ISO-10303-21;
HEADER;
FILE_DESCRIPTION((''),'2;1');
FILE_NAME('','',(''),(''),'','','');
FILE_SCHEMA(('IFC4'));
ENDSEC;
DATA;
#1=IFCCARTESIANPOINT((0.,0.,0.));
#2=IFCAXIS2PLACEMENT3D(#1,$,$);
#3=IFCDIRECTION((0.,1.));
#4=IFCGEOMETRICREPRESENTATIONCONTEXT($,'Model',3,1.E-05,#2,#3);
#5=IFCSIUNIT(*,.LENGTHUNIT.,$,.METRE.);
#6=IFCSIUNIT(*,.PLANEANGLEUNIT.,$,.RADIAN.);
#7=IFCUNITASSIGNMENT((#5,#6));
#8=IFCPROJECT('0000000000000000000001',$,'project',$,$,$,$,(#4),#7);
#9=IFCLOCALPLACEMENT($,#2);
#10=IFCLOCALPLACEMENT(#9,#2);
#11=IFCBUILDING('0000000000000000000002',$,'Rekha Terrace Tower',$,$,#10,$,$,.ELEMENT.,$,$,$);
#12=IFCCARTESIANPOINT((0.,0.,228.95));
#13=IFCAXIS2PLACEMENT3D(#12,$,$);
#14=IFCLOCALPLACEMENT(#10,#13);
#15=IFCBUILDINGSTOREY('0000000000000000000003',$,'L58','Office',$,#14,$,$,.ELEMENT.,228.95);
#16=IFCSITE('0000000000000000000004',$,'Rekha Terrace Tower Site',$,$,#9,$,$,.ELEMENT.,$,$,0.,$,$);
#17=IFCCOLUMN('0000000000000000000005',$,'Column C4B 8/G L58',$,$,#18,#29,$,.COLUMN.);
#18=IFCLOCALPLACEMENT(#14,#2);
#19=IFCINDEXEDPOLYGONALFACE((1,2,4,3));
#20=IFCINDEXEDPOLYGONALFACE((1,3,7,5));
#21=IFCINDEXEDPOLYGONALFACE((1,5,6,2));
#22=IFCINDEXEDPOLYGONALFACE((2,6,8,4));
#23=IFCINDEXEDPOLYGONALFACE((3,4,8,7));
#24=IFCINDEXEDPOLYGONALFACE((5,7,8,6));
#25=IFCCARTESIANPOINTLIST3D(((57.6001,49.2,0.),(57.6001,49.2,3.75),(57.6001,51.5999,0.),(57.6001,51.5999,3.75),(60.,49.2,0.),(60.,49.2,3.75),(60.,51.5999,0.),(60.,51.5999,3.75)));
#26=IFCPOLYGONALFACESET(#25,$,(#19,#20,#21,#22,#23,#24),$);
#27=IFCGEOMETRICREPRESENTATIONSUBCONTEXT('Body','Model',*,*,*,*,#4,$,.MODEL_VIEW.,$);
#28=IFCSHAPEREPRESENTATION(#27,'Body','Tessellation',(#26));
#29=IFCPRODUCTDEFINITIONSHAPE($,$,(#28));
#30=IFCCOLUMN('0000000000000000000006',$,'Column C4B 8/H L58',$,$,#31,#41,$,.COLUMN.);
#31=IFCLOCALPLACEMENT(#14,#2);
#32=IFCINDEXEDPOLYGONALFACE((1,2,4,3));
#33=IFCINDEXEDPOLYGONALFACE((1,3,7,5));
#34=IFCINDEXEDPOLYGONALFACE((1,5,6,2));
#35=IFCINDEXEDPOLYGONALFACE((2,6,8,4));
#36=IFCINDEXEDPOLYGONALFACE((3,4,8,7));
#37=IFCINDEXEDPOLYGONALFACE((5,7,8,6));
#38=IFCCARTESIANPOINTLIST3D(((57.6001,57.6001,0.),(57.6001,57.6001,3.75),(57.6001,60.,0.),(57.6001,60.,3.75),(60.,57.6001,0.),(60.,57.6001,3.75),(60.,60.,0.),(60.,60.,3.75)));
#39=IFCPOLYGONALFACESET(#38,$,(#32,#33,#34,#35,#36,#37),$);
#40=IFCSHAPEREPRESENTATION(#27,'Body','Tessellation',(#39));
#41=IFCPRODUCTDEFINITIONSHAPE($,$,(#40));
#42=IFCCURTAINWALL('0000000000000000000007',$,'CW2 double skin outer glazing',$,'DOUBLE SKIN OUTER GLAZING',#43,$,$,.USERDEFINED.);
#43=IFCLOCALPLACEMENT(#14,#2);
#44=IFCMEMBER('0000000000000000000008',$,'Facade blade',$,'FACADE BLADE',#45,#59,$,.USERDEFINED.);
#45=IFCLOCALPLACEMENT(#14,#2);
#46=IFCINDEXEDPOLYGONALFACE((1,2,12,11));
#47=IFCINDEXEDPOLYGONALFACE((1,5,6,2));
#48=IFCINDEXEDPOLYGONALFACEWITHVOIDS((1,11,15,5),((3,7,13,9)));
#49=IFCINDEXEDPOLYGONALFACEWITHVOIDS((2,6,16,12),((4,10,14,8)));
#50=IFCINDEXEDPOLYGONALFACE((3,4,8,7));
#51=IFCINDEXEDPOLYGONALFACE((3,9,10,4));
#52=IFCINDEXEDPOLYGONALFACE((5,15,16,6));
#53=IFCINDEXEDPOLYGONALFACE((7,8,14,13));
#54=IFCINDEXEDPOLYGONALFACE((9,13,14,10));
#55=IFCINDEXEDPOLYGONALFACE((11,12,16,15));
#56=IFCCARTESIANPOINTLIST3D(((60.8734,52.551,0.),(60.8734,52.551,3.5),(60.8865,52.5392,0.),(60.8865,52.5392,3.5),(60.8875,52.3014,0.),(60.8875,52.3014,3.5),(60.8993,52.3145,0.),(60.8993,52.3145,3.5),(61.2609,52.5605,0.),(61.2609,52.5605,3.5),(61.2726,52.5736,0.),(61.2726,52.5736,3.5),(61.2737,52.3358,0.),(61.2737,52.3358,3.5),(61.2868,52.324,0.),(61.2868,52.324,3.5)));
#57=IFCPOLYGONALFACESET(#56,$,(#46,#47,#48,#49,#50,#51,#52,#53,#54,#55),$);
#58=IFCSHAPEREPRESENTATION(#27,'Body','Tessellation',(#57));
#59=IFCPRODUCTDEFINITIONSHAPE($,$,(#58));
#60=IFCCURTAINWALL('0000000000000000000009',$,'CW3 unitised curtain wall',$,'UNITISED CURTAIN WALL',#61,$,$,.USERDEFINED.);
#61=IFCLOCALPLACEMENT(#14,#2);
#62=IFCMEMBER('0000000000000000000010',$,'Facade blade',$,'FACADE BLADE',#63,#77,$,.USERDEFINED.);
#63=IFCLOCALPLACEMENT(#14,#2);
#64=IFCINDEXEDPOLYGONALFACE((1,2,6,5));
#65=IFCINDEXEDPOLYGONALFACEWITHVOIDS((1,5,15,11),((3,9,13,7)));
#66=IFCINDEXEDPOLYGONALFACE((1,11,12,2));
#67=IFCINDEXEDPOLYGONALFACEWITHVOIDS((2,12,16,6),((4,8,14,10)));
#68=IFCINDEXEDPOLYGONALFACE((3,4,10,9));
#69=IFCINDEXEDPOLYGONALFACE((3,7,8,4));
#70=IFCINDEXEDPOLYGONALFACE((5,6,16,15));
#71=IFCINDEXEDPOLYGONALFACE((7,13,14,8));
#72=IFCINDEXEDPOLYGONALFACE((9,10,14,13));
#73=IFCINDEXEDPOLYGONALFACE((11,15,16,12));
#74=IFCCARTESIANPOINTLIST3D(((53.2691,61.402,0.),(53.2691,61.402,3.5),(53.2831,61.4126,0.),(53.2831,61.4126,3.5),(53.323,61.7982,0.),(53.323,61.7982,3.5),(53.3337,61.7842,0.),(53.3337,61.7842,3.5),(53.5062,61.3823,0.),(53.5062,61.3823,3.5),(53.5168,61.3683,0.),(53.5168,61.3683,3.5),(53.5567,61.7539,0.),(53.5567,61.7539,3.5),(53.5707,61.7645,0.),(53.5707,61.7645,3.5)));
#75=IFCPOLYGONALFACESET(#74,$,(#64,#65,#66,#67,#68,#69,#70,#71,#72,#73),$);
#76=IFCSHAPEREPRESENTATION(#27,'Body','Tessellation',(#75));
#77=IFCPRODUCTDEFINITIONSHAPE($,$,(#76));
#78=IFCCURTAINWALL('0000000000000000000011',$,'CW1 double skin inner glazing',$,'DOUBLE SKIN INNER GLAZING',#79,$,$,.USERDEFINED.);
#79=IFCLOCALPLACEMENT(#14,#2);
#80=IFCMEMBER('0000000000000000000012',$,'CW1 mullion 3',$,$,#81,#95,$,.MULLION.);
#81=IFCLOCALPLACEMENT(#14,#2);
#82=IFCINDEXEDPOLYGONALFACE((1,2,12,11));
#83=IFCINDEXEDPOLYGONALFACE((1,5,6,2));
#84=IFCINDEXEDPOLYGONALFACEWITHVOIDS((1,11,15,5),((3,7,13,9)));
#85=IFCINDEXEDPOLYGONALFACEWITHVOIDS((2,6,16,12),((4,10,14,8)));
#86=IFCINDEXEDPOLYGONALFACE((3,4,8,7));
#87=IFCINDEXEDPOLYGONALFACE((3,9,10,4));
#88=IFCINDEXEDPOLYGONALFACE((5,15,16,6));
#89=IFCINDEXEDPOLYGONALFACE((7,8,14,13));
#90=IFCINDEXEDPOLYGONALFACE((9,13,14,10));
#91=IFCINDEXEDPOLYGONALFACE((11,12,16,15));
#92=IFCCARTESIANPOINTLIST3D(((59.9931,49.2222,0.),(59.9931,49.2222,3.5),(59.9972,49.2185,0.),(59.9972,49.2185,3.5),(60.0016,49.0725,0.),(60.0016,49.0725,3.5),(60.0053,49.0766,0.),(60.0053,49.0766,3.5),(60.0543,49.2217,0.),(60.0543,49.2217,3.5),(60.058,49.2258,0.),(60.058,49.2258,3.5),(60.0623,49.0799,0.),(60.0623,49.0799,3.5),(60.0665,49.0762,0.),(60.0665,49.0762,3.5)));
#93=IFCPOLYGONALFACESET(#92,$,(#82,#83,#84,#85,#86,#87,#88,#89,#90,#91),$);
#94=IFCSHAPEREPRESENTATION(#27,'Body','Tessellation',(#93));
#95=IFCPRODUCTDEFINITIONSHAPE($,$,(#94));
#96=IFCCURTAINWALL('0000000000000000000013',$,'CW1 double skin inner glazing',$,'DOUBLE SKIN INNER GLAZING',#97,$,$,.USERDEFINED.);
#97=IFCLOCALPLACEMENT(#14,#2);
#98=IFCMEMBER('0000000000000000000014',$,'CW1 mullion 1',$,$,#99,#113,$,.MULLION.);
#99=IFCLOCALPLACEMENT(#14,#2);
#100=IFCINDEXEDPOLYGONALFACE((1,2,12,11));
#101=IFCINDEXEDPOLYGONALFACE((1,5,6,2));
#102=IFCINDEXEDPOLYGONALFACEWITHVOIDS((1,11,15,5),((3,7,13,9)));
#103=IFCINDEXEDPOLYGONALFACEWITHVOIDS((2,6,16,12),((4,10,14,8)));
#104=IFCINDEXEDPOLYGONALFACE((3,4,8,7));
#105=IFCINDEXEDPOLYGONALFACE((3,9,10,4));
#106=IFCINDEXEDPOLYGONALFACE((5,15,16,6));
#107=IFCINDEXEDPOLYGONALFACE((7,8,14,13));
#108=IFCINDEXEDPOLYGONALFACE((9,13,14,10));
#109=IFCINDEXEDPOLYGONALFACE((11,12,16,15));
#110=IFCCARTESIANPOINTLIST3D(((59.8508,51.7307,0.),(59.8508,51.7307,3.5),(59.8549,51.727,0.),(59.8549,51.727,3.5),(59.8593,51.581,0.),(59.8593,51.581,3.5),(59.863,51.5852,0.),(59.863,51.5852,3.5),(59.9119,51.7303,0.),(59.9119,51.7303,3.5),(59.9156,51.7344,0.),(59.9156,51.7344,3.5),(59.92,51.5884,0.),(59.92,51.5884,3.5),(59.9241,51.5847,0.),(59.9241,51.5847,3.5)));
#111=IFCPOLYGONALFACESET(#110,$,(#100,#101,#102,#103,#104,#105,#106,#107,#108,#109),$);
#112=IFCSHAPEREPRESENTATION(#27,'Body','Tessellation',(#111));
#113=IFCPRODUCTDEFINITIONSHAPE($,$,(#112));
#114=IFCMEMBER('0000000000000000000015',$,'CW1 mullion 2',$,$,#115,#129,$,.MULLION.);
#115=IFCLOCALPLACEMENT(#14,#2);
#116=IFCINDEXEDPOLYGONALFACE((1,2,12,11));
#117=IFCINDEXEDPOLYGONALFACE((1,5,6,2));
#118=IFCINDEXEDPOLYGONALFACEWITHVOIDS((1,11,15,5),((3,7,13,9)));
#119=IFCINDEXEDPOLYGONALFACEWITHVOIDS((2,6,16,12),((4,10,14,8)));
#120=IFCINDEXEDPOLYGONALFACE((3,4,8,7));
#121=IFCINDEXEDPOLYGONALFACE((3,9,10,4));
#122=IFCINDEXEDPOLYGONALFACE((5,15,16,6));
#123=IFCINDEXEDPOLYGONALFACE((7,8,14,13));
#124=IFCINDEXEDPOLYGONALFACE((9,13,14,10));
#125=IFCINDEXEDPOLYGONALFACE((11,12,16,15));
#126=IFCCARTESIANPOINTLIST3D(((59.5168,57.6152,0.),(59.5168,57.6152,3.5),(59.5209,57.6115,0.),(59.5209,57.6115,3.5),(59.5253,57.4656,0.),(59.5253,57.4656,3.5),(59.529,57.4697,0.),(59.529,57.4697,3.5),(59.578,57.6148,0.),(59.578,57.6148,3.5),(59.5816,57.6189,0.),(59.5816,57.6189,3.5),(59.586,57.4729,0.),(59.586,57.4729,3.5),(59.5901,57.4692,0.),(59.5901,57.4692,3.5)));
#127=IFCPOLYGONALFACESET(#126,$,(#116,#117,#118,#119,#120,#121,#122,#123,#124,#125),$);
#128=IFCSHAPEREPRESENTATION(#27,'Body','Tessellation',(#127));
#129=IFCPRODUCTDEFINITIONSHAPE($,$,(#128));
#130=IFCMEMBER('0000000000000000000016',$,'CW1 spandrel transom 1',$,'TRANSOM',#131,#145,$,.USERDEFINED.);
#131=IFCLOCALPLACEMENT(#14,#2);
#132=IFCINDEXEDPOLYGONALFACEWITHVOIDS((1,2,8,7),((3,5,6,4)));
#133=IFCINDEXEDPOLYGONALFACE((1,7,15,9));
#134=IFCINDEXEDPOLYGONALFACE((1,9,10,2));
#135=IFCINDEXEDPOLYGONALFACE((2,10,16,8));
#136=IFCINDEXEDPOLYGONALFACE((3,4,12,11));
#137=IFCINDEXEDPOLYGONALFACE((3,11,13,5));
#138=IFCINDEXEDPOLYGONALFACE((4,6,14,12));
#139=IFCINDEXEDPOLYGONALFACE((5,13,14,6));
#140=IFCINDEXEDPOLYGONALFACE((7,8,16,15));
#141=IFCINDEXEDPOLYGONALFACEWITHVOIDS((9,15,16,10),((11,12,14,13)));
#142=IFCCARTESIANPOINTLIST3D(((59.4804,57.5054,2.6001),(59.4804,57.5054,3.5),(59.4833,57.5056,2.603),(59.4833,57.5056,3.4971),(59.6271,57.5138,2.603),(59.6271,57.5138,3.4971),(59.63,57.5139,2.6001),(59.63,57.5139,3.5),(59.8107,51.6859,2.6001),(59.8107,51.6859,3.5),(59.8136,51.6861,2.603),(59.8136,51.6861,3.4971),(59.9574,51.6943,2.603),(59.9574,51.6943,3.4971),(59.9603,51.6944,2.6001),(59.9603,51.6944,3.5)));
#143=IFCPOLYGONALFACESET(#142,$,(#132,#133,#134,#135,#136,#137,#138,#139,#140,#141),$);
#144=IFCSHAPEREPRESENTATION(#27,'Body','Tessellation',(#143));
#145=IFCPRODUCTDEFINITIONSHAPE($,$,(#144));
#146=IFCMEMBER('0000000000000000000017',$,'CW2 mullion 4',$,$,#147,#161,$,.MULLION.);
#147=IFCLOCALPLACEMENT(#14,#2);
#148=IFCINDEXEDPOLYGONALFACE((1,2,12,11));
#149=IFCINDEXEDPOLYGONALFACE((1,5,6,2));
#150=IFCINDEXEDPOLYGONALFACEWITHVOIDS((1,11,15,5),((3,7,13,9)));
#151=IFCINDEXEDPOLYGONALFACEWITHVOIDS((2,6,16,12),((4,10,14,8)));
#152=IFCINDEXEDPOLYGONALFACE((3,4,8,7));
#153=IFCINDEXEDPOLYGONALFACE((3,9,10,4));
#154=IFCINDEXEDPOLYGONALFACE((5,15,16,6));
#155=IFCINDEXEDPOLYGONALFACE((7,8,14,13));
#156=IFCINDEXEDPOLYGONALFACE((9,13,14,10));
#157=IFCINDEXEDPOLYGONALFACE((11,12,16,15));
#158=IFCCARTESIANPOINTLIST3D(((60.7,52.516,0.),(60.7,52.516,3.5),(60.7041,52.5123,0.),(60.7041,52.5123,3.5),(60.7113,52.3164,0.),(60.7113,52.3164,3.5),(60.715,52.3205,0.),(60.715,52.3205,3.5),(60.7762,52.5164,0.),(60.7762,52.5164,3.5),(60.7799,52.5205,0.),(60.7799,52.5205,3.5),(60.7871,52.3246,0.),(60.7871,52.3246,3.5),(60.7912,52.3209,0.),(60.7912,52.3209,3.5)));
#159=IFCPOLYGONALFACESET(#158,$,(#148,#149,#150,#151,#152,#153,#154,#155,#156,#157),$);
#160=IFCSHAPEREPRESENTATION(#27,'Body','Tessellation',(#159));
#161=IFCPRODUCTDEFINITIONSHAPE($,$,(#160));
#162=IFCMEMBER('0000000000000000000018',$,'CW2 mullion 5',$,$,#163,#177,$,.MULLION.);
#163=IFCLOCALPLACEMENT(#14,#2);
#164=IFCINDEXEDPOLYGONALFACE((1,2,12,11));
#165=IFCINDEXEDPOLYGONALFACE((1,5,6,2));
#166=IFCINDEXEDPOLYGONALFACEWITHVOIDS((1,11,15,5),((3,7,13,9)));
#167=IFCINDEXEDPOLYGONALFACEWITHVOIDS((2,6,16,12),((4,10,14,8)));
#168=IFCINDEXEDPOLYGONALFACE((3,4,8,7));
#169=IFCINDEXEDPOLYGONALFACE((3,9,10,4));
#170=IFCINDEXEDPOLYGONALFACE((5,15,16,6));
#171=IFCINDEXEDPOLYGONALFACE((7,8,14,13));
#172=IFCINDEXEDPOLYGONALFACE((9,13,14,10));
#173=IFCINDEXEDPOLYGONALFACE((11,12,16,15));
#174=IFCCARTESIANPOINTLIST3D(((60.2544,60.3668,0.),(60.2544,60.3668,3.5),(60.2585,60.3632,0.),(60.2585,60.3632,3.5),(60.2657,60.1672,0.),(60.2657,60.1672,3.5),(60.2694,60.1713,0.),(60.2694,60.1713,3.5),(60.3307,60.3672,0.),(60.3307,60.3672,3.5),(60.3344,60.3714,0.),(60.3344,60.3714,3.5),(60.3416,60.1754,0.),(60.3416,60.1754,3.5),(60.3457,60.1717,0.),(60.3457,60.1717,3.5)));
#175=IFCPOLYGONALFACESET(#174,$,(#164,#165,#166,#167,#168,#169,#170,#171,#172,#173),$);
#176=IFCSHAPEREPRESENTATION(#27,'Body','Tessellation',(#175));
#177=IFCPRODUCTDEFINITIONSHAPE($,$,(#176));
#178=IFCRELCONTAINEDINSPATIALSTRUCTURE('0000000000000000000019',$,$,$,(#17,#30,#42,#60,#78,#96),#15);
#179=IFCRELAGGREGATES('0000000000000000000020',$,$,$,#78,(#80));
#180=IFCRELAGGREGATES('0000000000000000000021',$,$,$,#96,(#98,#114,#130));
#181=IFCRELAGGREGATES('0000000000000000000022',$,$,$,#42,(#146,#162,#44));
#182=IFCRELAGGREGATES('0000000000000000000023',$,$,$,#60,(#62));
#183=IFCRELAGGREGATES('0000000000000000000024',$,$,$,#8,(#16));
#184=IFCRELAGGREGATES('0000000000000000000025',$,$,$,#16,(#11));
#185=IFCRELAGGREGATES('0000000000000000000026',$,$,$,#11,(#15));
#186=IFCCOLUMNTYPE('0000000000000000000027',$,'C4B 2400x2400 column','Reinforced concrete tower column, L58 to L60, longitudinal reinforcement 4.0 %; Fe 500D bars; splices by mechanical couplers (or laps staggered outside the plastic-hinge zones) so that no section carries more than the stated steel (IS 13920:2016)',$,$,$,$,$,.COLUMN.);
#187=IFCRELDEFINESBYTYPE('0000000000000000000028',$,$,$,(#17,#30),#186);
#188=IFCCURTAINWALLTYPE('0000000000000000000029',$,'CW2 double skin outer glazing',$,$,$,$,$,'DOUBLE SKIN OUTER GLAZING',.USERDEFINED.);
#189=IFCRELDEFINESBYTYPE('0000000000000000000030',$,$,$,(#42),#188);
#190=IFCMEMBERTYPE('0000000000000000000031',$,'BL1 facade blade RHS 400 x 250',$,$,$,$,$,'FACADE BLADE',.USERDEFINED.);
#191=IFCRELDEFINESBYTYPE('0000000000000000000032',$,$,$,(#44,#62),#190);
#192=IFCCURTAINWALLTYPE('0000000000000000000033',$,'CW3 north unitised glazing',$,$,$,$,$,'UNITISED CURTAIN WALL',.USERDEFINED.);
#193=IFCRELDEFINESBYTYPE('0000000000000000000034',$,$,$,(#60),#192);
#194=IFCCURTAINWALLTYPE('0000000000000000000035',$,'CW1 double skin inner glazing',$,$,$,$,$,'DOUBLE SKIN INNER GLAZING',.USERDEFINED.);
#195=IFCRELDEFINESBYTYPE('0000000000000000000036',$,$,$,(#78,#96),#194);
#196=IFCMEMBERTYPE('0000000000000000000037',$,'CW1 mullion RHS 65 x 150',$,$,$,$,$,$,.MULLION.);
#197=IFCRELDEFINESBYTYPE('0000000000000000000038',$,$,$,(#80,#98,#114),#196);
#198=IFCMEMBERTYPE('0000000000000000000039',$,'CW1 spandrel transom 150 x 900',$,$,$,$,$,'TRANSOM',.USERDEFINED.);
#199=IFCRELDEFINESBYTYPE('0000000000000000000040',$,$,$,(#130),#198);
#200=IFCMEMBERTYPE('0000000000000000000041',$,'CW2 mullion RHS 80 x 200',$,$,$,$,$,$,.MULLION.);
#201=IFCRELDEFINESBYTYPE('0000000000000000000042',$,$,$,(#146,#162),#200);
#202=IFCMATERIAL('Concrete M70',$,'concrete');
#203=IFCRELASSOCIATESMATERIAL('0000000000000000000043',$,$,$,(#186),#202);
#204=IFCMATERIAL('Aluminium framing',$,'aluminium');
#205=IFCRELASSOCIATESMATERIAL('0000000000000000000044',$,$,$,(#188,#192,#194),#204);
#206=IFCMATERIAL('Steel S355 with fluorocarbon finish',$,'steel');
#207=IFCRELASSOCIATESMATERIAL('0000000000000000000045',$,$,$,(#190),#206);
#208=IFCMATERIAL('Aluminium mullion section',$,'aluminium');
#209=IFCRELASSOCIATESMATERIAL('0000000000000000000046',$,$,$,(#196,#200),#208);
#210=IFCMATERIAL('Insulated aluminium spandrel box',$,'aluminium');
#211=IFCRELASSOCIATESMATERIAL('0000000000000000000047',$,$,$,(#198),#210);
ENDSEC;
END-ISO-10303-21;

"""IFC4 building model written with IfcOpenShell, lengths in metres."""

from ifc_helpers import new_model, si_unit, direction, frame, origin, origin_2d, place, context, subcontext, project, spatial, rectangle, hollow_rectangle, extrude, material, material_profile, profile_set, type_object, element, aggregate, save


model = new_model("IFC4")

# Units and contexts
model_context = context("Model", 3, precision=1e-05, world=origin(), true_north=direction((0.0, 1.0)))
body_context = subcontext(model_context, "Body", "Model", "MODEL_VIEW")
ifc_project = project(units=[si_unit("LENGTHUNIT", "METRE"), si_unit("PLANEANGLEUNIT", "RADIAN")], contexts=[model_context])

# Site, building, storey
site_placement = place(None, origin())
site = spatial("IfcSite", under=ifc_project, at=site_placement, Name="Rekha Terrace Tower Site", CompositionType="ELEMENT", RefElevation=0.0)
building_placement = place(site_placement, origin())
building = spatial("IfcBuilding", under=site, at=building_placement, Name="Rekha Terrace Tower", CompositionType="ELEMENT")
storey_placement = place(building_placement, frame((0.0, 0.0, 228.95)))
storey = spatial("IfcBuildingStorey", under=building, at=storey_placement, Name="L58", Description="Office", CompositionType="ELEMENT", Elevation=228.95)

# Columns
ifc_material_1 = material(Name="Concrete M70", Category="concrete")
ifc_material_profile_1 = material_profile(ifc_material_1, rectangle(XDim=2.3999, YDim=2.3999, at=origin_2d()), Name="RC 2400x2400")
ifc_profile_set_1 = profile_set([ifc_material_profile_1], Name="Concrete M70")
column_type = type_object("IfcColumnType", Name="C4B 2400x2400 column", Description="Reinforced concrete tower column, L58 to L60, longitudinal reinforcement 4.0 %; Fe 500D bars; splices by mechanical couplers (or laps staggered outside the plastic-hinge zones) so that no section carries more than the stated steel (IS 13920:2016)", PredefinedType="COLUMN", material=ifc_profile_set_1)
for number, where, z_axis, x_axis, name in (
    (1, (58.8, 50.3999, 0.0), (0.0, 0.0, 1.0), (1.0, 0.0, 0.0), "Column C4B 8/G L58"),
    (2, (58.8, 58.8, 0.0), (0.0, 0.0, 1.0), (1.0, 0.0, 0.0), "Column C4B 8/H L58"),
):
    element("IfcColumn", number, at=place(storey_placement, frame(where, z_axis=z_axis, x_axis=x_axis)), inside=storey, type_object=column_type, Name=name, PredefinedType="COLUMN", context=body_context, shape_type="SweptSolid", body=[
        extrude(rectangle(XDim=2.3999, YDim=2.3999, at=origin_2d()), origin(), (0.0, 0.0, 1.0), 3.75),
    ])

# Curtain walls, members
ifc_material_2 = material(Name="Aluminium framing", Category="aluminium")
curtain_wall_type_1 = type_object("IfcCurtainWallType", Name="CW2 double skin outer glazing", ElementType="DOUBLE SKIN OUTER GLAZING", PredefinedType="USERDEFINED", material=ifc_material_2)
curtain_wall_1_placement = place(storey_placement, origin())
curtain_wall_1 = element("IfcCurtainWall", 3, at=curtain_wall_1_placement, inside=storey, type_object=curtain_wall_type_1, Name="CW2 double skin outer glazing", ObjectType="DOUBLE SKIN OUTER GLAZING", PredefinedType="USERDEFINED")
ifc_material_3 = material(Name="Steel S355 with fluorocarbon finish", Category="steel")
ifc_material_profile_2 = material_profile(ifc_material_3, hollow_rectangle(XDim=0.25, YDim=0.3999, WallThickness=0.0125, at=origin_2d()), Name="RHS400x250x12.5")
ifc_profile_set_2 = profile_set([ifc_material_profile_2], Name="Steel S355 with fluorocarbon finish")
member_type_1 = type_object("IfcMemberType", Name="BL1 facade blade RHS 400 x 250", ElementType="FACADE BLADE", PredefinedType="USERDEFINED", material=ifc_profile_set_2)
member_1_placement = place(storey_placement, frame((61.0801, 52.4375, 0.0), z_axis=(0.0, 0.0, 1.0), x_axis=(-0.056674, 0.998393, 0.0)))
member_1 = element("IfcMember", 4, at=member_1_placement, type_object=member_type_1, Name="Facade blade", ObjectType="FACADE BLADE", PredefinedType="USERDEFINED", context=body_context, shape_type="SweptSolid", body=[
    extrude(hollow_rectangle(XDim=0.25, YDim=0.3999, WallThickness=0.0125, at=origin_2d()), origin(), (0.0, 0.0, 1.0), 3.5),
])
curtain_wall_type_2 = type_object("IfcCurtainWallType", Name="CW3 north unitised glazing", ElementType="UNITISED CURTAIN WALL", PredefinedType="USERDEFINED", material=ifc_material_2)
curtain_wall_2_placement = place(storey_placement, origin())
curtain_wall_2 = element("IfcCurtainWall", 5, at=curtain_wall_2_placement, inside=storey, type_object=curtain_wall_type_2, Name="CW3 unitised curtain wall", ObjectType="UNITISED CURTAIN WALL", PredefinedType="USERDEFINED")
member_2_placement = place(storey_placement, frame((53.4199, 61.5833, 0.0), z_axis=(0.0, 0.0, 1.0), x_axis=(-0.990867, 0.134841, 0.0)))
member_2 = element("IfcMember", 6, at=member_2_placement, type_object=member_type_1, Name="Facade blade", ObjectType="FACADE BLADE", PredefinedType="USERDEFINED", context=body_context, shape_type="SweptSolid", body=[
    extrude(hollow_rectangle(XDim=0.25, YDim=0.3999, WallThickness=0.0125, at=origin_2d()), origin(), (0.0, 0.0, 1.0), 3.5),
])
curtain_wall_type_3 = type_object("IfcCurtainWallType", Name="CW1 double skin inner glazing", ElementType="DOUBLE SKIN INNER GLAZING", PredefinedType="USERDEFINED", material=ifc_material_2)
curtain_wall_3_placement = place(storey_placement, origin())
curtain_wall_3 = element("IfcCurtainWall", 7, at=curtain_wall_3_placement, inside=storey, type_object=curtain_wall_type_3, Name="CW1 double skin inner glazing", ObjectType="DOUBLE SKIN INNER GLAZING", PredefinedType="USERDEFINED")
ifc_material_4 = material(Name="Aluminium mullion section", Category="aluminium")
ifc_material_profile_3 = material_profile(ifc_material_4, hollow_rectangle(XDim=0.0649, YDim=0.1499, WallThickness=0.0039, at=origin_2d()), Name="AL RHS 65x150")
ifc_profile_set_3 = profile_set([ifc_material_profile_3], Name="Aluminium mullion section")
member_type_2 = type_object("IfcMemberType", Name="CW1 mullion RHS 65 x 150", PredefinedType="MULLION", material=ifc_profile_set_3)
member_3_placement = place(storey_placement, frame((60.0298, 49.1492, 0.0), z_axis=(0.0, 0.0, 1.0), x_axis=(-0.998393, -0.056673, 0.0)))
member_3 = element("IfcMember", 8, at=member_3_placement, type_object=member_type_2, Name="CW1 mullion 3", PredefinedType="MULLION", context=body_context, shape_type="SweptSolid", body=[
    extrude(hollow_rectangle(XDim=0.0649, YDim=0.1499, WallThickness=0.0039, at=origin_2d()), origin(), (0.0, 0.0, 1.0), 3.5),
])
aggregate(curtain_wall_3, [member_3])

# Curtain wall, members
curtain_wall_4_placement = place(storey_placement, origin())
curtain_wall_4 = element("IfcCurtainWall", 9, at=curtain_wall_4_placement, inside=storey, type_object=curtain_wall_type_3, Name="CW1 double skin inner glazing", ObjectType="DOUBLE SKIN INNER GLAZING", PredefinedType="USERDEFINED")
member_4_placement = place(storey_placement, frame((59.8875, 51.6577, 0.0), z_axis=(0.0, 0.0, 1.0), x_axis=(-0.998393, -0.056673, 0.0)))
member_4 = element("IfcMember", 10, at=member_4_placement, type_object=member_type_2, Name="CW1 mullion 1", PredefinedType="MULLION", context=body_context, shape_type="SweptSolid", body=[
    extrude(hollow_rectangle(XDim=0.0649, YDim=0.1499, WallThickness=0.0039, at=origin_2d()), origin(), (0.0, 0.0, 1.0), 3.5),
])
member_5_placement = place(storey_placement, frame((59.5535, 57.5422, 0.0), z_axis=(0.0, 0.0, 1.0), x_axis=(-0.998393, -0.056673, 0.0)))
member_5 = element("IfcMember", 11, at=member_5_placement, type_object=member_type_2, Name="CW1 mullion 2", PredefinedType="MULLION", context=body_context, shape_type="SweptSolid", body=[
    extrude(hollow_rectangle(XDim=0.0649, YDim=0.1499, WallThickness=0.0039, at=origin_2d()), origin(), (0.0, 0.0, 1.0), 3.5),
])
ifc_material_5 = material(Name="Insulated aluminium spandrel box", Category="aluminium")
ifc_material_profile_4 = material_profile(ifc_material_5, hollow_rectangle(XDim=0.1499, YDim=0.8999, WallThickness=0.0029, at=origin_2d()), Name="AL SPANDREL BOX 150x900")
ifc_profile_set_4 = profile_set([ifc_material_profile_4], Name="Insulated aluminium spandrel box")
member_type_3 = type_object("IfcMemberType", Name="CW1 spandrel transom 150 x 900", ElementType="TRANSOM", PredefinedType="USERDEFINED", material=ifc_profile_set_4)
member_6_placement = place(storey_placement, frame((59.8855, 51.6902, 3.05), z_axis=(-0.056669, 0.998393, 0.0), x_axis=(-0.998393, -0.056669, 0.0)))
member_6 = element("IfcMember", 12, at=member_6_placement, type_object=member_type_3, Name="CW1 spandrel transom 1", ObjectType="TRANSOM", PredefinedType="USERDEFINED", context=body_context, shape_type="SweptSolid", body=[
    extrude(hollow_rectangle(XDim=0.1499, YDim=0.8999, WallThickness=0.0029, at=origin_2d()), origin(), (0.0, 0.0, 1.0), 5.8289),
])

# Members
ifc_material_profile_5 = material_profile(ifc_material_4, hollow_rectangle(XDim=0.0801, YDim=0.2, WallThickness=0.0039, at=origin_2d()), Name="AL RHS 80x200")
ifc_profile_set_5 = profile_set([ifc_material_profile_5], Name="Aluminium mullion section")
member_type_4 = type_object("IfcMemberType", Name="CW2 mullion RHS 80 x 200", PredefinedType="MULLION", material=ifc_profile_set_5)
member_7_placement = place(storey_placement, frame((60.7456, 52.4185, 0.0), z_axis=(0.0, 0.0, 1.0), x_axis=(-0.998393, -0.056673, 0.0)))
member_7 = element("IfcMember", 13, at=member_7_placement, type_object=member_type_4, Name="CW2 mullion 4", PredefinedType="MULLION", context=body_context, shape_type="SweptSolid", body=[
    extrude(hollow_rectangle(XDim=0.0801, YDim=0.2, WallThickness=0.0039, at=origin_2d()), origin(), (0.0, 0.0, 1.0), 3.5),
])
member_8_placement = place(storey_placement, frame((60.3, 60.2693, 0.0), z_axis=(0.0, 0.0, 1.0), x_axis=(-0.998393, -0.056673, 0.0)))
member_8 = element("IfcMember", 14, at=member_8_placement, type_object=member_type_4, Name="CW2 mullion 5", PredefinedType="MULLION", context=body_context, shape_type="SweptSolid", body=[
    extrude(hollow_rectangle(XDim=0.0801, YDim=0.2, WallThickness=0.0039, at=origin_2d()), origin(), (0.0, 0.0, 1.0), 3.5),
])

aggregate(curtain_wall_4, [member_4, member_5, member_6])
aggregate(curtain_wall_1, [member_7, member_8, member_1])
aggregate(curtain_wall_2, [member_2])

save(model, "model.ifc")
